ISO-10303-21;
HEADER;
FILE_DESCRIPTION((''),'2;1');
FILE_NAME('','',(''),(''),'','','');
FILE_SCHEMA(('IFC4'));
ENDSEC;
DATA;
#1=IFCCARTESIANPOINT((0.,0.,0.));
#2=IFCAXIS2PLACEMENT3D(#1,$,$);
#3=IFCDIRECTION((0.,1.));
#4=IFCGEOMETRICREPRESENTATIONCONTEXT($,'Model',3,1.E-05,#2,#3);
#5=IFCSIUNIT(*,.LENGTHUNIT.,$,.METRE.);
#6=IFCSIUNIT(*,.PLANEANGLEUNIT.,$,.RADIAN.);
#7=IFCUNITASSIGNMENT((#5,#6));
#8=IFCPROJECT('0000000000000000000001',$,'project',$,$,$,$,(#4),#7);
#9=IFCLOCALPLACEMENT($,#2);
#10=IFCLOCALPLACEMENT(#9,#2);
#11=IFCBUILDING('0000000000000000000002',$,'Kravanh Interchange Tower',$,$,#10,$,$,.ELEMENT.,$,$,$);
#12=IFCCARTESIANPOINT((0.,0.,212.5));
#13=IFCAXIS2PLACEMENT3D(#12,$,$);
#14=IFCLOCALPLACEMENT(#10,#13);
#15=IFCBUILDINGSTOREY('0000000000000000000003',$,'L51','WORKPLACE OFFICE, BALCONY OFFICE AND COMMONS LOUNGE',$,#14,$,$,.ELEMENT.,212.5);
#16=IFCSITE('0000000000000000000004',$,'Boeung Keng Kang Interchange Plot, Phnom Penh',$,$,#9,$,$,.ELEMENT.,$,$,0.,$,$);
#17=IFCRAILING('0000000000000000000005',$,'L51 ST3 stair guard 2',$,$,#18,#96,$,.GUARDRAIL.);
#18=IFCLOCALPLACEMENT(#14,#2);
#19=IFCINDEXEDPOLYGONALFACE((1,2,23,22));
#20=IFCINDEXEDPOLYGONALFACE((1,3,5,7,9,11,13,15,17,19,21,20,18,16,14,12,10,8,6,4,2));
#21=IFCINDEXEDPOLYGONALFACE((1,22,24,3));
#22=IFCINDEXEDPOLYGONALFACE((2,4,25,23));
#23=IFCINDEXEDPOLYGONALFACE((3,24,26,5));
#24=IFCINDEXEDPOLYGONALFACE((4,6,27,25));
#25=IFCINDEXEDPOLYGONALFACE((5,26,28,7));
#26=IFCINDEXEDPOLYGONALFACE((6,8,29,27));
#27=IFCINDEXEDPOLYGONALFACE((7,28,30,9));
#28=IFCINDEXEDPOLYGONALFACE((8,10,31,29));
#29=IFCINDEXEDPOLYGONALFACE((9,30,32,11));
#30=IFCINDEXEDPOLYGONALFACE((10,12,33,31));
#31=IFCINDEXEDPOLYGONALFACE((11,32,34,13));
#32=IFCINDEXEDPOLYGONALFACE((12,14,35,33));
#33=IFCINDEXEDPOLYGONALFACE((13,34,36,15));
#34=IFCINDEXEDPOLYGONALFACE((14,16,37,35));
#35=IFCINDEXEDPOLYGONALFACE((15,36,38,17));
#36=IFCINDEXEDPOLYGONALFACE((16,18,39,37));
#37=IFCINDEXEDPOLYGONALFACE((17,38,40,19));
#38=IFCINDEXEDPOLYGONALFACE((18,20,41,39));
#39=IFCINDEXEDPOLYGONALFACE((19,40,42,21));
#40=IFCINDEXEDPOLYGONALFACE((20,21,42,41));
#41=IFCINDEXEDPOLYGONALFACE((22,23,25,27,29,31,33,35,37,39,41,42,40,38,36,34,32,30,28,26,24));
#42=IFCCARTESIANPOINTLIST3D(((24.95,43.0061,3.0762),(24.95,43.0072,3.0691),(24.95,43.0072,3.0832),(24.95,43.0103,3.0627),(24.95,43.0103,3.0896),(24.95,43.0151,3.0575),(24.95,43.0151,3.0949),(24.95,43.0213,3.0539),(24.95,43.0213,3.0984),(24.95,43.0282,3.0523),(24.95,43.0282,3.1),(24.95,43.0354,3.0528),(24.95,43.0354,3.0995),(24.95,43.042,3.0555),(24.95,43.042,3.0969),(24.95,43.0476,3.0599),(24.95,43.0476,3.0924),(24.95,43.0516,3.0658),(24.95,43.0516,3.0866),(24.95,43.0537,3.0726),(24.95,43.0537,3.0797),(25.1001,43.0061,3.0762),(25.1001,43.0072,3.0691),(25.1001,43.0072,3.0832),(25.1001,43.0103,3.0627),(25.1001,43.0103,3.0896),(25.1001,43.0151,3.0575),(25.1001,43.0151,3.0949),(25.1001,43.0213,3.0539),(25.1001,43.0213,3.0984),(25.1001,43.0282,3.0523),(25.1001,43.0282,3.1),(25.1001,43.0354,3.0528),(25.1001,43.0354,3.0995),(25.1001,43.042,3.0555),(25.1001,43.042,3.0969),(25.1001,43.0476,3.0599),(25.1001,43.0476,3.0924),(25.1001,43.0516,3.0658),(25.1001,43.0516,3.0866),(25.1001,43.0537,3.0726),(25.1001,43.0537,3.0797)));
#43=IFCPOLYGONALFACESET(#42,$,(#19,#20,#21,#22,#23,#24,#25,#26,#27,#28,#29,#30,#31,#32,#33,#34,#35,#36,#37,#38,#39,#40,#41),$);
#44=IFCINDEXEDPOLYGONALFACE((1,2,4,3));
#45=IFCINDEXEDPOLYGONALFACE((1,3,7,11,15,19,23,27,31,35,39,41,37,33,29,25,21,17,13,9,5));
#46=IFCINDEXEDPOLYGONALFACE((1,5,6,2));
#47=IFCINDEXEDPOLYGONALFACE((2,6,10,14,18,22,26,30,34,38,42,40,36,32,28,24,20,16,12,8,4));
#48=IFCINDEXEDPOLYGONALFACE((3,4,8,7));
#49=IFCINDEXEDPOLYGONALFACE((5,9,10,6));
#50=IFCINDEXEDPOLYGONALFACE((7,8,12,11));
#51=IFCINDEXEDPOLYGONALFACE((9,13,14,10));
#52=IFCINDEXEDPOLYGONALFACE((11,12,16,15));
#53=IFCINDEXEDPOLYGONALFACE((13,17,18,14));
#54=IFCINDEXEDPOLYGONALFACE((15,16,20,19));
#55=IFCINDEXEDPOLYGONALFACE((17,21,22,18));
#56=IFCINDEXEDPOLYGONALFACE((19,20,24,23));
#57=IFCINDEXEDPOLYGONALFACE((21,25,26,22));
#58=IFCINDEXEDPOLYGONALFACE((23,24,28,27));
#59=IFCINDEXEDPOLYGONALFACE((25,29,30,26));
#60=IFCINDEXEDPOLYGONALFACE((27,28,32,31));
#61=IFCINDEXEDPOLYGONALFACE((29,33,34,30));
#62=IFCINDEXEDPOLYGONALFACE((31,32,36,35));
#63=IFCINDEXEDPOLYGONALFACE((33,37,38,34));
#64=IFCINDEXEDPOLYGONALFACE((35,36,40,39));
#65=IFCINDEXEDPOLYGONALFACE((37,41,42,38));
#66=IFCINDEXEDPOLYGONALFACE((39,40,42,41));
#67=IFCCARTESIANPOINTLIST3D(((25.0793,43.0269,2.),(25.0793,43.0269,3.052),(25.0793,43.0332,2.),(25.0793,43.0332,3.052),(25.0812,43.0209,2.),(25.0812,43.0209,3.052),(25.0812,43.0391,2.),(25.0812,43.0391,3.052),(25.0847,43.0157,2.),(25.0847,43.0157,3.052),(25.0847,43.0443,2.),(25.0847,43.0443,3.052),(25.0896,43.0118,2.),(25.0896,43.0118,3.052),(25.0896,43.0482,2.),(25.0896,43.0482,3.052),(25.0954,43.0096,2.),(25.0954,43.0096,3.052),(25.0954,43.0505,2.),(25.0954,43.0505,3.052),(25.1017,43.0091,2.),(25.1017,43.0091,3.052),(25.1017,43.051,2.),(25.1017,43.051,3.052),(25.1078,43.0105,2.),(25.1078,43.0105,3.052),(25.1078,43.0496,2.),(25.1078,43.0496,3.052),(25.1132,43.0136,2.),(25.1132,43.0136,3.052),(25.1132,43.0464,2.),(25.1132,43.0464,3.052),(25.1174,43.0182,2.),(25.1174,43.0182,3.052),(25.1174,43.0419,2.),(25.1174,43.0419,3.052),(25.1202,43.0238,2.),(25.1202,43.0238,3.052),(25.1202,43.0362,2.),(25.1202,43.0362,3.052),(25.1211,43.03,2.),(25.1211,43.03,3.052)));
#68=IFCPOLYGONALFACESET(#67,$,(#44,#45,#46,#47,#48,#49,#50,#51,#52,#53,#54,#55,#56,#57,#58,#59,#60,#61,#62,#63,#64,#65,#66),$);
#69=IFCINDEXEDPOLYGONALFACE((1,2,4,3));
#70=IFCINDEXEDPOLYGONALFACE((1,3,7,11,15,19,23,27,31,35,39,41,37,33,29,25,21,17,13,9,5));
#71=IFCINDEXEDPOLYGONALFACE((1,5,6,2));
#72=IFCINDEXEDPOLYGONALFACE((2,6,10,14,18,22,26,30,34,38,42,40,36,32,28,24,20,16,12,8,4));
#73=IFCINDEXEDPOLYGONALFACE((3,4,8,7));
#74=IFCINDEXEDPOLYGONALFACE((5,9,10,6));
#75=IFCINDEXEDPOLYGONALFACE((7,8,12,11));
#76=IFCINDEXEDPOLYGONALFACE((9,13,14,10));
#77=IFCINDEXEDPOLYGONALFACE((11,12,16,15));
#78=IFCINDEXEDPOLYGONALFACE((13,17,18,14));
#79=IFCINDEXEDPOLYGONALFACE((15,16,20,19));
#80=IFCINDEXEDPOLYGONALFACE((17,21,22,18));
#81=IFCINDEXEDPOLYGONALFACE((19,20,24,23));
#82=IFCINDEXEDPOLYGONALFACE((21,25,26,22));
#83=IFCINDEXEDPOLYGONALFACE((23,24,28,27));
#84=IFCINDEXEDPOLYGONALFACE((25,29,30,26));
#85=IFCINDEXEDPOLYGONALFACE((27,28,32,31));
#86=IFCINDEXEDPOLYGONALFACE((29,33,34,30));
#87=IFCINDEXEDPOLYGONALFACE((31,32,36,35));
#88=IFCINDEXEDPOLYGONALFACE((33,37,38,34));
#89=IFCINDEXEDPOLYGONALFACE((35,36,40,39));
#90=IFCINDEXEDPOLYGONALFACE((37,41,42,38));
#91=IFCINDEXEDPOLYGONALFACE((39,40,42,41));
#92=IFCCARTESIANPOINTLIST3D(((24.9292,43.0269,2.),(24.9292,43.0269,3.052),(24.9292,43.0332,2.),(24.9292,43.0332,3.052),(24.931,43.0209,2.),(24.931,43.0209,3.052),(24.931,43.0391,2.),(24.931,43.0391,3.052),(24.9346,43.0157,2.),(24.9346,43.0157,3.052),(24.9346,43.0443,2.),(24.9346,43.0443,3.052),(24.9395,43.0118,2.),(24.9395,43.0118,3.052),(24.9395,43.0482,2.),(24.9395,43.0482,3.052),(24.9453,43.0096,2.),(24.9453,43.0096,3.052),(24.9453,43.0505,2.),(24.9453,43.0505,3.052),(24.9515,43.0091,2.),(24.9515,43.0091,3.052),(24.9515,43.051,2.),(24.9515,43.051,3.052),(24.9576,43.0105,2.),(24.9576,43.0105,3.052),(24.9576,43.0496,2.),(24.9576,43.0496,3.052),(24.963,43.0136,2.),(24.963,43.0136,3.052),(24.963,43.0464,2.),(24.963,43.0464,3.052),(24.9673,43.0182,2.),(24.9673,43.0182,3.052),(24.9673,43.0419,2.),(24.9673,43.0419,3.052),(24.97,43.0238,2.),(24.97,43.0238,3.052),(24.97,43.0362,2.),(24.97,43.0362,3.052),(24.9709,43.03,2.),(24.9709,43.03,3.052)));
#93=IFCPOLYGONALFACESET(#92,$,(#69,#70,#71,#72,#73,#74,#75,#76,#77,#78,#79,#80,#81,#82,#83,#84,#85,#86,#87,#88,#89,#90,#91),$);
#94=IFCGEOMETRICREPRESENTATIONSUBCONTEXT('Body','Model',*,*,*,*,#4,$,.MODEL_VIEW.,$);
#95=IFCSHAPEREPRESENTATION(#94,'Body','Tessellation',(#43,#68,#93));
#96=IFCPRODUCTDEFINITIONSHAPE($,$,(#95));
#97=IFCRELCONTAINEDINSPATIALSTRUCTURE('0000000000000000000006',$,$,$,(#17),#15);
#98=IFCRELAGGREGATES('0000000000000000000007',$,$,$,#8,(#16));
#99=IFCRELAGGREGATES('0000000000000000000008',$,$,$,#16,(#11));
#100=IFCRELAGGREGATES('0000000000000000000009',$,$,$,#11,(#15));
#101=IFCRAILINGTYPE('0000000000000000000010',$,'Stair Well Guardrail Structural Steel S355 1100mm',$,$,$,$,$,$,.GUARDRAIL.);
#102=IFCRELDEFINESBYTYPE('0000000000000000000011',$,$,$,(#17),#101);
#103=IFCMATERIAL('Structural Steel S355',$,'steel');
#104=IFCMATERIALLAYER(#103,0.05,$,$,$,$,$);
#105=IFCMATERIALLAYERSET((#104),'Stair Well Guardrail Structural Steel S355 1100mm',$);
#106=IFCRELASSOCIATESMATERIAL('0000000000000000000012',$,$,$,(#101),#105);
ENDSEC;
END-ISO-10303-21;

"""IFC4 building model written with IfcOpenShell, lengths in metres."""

from ifc_helpers import new_model, si_unit, direction, frame, origin, origin_2d, place, context, subcontext, project, spatial, circle, extrude, material, layer, layer_set, type_object, element, save


model = new_model("IFC4")

# Units and contexts
model_context = context("Model", 3, precision=1e-05, world=origin(), true_north=direction((0.0, 1.0)))
body_context = subcontext(model_context, "Body", "Model", "MODEL_VIEW")
ifc_project = project(units=[si_unit("LENGTHUNIT", "METRE"), si_unit("PLANEANGLEUNIT", "RADIAN")], contexts=[model_context])

# Site, building, storey
site_placement = place(None, origin())
site = spatial("IfcSite", under=ifc_project, at=site_placement, Name="Boeung Keng Kang Interchange Plot, Phnom Penh", CompositionType="ELEMENT", RefElevation=0.0)
building_placement = place(site_placement, origin())
building = spatial("IfcBuilding", under=site, at=building_placement, Name="Kravanh Interchange Tower", CompositionType="ELEMENT")
storey_placement = place(building_placement, frame((0.0, 0.0, 212.5)))
storey = spatial("IfcBuildingStorey", under=building, at=storey_placement, Name="L51", Description="WORKPLACE OFFICE, BALCONY OFFICE AND COMMONS LOUNGE", CompositionType="ELEMENT", Elevation=212.5)

# Railing
ifc_material_1 = material(Name="Structural Steel S355", Category="steel")
ifc_layer_1 = layer(ifc_material_1, 0.05)
ifc_layer_set_1 = layer_set([ifc_layer_1], Name="Stair Well Guardrail Structural Steel S355 1100mm")
railing_type_1 = type_object("IfcRailingType", Name="Stair Well Guardrail Structural Steel S355 1100mm", PredefinedType="GUARDRAIL", material=ifc_layer_set_1)
railing_1_placement = place(storey_placement, frame((25.1001, 43.03, 2.0)))
element("IfcRailing", 1, at=railing_1_placement, inside=storey, type_object=railing_type_1, Name="L51 ST3 stair guard 2", PredefinedType="GUARDRAIL", context=body_context, shape_type="SweptSolid", body=[
    extrude(circle(Radius=0.0239, at=origin_2d()), frame((0.0, 0.0, 1.0762), z_axis=(-1.0, 0.0, 0.0), x_axis=(0.0, -1.0, 0.0)), (0.0, 0.0, 1.0), 0.1501),
    extrude(circle(Radius=0.021, at=origin_2d()), origin(), (0.0, 0.0, 1.0), 1.052),
    extrude(circle(Radius=0.021, at=origin_2d()), frame((-0.1501, 0.0, 0.0)), (0.0, 0.0, 1.0), 1.052),
])

save(model, "model.ifc")
